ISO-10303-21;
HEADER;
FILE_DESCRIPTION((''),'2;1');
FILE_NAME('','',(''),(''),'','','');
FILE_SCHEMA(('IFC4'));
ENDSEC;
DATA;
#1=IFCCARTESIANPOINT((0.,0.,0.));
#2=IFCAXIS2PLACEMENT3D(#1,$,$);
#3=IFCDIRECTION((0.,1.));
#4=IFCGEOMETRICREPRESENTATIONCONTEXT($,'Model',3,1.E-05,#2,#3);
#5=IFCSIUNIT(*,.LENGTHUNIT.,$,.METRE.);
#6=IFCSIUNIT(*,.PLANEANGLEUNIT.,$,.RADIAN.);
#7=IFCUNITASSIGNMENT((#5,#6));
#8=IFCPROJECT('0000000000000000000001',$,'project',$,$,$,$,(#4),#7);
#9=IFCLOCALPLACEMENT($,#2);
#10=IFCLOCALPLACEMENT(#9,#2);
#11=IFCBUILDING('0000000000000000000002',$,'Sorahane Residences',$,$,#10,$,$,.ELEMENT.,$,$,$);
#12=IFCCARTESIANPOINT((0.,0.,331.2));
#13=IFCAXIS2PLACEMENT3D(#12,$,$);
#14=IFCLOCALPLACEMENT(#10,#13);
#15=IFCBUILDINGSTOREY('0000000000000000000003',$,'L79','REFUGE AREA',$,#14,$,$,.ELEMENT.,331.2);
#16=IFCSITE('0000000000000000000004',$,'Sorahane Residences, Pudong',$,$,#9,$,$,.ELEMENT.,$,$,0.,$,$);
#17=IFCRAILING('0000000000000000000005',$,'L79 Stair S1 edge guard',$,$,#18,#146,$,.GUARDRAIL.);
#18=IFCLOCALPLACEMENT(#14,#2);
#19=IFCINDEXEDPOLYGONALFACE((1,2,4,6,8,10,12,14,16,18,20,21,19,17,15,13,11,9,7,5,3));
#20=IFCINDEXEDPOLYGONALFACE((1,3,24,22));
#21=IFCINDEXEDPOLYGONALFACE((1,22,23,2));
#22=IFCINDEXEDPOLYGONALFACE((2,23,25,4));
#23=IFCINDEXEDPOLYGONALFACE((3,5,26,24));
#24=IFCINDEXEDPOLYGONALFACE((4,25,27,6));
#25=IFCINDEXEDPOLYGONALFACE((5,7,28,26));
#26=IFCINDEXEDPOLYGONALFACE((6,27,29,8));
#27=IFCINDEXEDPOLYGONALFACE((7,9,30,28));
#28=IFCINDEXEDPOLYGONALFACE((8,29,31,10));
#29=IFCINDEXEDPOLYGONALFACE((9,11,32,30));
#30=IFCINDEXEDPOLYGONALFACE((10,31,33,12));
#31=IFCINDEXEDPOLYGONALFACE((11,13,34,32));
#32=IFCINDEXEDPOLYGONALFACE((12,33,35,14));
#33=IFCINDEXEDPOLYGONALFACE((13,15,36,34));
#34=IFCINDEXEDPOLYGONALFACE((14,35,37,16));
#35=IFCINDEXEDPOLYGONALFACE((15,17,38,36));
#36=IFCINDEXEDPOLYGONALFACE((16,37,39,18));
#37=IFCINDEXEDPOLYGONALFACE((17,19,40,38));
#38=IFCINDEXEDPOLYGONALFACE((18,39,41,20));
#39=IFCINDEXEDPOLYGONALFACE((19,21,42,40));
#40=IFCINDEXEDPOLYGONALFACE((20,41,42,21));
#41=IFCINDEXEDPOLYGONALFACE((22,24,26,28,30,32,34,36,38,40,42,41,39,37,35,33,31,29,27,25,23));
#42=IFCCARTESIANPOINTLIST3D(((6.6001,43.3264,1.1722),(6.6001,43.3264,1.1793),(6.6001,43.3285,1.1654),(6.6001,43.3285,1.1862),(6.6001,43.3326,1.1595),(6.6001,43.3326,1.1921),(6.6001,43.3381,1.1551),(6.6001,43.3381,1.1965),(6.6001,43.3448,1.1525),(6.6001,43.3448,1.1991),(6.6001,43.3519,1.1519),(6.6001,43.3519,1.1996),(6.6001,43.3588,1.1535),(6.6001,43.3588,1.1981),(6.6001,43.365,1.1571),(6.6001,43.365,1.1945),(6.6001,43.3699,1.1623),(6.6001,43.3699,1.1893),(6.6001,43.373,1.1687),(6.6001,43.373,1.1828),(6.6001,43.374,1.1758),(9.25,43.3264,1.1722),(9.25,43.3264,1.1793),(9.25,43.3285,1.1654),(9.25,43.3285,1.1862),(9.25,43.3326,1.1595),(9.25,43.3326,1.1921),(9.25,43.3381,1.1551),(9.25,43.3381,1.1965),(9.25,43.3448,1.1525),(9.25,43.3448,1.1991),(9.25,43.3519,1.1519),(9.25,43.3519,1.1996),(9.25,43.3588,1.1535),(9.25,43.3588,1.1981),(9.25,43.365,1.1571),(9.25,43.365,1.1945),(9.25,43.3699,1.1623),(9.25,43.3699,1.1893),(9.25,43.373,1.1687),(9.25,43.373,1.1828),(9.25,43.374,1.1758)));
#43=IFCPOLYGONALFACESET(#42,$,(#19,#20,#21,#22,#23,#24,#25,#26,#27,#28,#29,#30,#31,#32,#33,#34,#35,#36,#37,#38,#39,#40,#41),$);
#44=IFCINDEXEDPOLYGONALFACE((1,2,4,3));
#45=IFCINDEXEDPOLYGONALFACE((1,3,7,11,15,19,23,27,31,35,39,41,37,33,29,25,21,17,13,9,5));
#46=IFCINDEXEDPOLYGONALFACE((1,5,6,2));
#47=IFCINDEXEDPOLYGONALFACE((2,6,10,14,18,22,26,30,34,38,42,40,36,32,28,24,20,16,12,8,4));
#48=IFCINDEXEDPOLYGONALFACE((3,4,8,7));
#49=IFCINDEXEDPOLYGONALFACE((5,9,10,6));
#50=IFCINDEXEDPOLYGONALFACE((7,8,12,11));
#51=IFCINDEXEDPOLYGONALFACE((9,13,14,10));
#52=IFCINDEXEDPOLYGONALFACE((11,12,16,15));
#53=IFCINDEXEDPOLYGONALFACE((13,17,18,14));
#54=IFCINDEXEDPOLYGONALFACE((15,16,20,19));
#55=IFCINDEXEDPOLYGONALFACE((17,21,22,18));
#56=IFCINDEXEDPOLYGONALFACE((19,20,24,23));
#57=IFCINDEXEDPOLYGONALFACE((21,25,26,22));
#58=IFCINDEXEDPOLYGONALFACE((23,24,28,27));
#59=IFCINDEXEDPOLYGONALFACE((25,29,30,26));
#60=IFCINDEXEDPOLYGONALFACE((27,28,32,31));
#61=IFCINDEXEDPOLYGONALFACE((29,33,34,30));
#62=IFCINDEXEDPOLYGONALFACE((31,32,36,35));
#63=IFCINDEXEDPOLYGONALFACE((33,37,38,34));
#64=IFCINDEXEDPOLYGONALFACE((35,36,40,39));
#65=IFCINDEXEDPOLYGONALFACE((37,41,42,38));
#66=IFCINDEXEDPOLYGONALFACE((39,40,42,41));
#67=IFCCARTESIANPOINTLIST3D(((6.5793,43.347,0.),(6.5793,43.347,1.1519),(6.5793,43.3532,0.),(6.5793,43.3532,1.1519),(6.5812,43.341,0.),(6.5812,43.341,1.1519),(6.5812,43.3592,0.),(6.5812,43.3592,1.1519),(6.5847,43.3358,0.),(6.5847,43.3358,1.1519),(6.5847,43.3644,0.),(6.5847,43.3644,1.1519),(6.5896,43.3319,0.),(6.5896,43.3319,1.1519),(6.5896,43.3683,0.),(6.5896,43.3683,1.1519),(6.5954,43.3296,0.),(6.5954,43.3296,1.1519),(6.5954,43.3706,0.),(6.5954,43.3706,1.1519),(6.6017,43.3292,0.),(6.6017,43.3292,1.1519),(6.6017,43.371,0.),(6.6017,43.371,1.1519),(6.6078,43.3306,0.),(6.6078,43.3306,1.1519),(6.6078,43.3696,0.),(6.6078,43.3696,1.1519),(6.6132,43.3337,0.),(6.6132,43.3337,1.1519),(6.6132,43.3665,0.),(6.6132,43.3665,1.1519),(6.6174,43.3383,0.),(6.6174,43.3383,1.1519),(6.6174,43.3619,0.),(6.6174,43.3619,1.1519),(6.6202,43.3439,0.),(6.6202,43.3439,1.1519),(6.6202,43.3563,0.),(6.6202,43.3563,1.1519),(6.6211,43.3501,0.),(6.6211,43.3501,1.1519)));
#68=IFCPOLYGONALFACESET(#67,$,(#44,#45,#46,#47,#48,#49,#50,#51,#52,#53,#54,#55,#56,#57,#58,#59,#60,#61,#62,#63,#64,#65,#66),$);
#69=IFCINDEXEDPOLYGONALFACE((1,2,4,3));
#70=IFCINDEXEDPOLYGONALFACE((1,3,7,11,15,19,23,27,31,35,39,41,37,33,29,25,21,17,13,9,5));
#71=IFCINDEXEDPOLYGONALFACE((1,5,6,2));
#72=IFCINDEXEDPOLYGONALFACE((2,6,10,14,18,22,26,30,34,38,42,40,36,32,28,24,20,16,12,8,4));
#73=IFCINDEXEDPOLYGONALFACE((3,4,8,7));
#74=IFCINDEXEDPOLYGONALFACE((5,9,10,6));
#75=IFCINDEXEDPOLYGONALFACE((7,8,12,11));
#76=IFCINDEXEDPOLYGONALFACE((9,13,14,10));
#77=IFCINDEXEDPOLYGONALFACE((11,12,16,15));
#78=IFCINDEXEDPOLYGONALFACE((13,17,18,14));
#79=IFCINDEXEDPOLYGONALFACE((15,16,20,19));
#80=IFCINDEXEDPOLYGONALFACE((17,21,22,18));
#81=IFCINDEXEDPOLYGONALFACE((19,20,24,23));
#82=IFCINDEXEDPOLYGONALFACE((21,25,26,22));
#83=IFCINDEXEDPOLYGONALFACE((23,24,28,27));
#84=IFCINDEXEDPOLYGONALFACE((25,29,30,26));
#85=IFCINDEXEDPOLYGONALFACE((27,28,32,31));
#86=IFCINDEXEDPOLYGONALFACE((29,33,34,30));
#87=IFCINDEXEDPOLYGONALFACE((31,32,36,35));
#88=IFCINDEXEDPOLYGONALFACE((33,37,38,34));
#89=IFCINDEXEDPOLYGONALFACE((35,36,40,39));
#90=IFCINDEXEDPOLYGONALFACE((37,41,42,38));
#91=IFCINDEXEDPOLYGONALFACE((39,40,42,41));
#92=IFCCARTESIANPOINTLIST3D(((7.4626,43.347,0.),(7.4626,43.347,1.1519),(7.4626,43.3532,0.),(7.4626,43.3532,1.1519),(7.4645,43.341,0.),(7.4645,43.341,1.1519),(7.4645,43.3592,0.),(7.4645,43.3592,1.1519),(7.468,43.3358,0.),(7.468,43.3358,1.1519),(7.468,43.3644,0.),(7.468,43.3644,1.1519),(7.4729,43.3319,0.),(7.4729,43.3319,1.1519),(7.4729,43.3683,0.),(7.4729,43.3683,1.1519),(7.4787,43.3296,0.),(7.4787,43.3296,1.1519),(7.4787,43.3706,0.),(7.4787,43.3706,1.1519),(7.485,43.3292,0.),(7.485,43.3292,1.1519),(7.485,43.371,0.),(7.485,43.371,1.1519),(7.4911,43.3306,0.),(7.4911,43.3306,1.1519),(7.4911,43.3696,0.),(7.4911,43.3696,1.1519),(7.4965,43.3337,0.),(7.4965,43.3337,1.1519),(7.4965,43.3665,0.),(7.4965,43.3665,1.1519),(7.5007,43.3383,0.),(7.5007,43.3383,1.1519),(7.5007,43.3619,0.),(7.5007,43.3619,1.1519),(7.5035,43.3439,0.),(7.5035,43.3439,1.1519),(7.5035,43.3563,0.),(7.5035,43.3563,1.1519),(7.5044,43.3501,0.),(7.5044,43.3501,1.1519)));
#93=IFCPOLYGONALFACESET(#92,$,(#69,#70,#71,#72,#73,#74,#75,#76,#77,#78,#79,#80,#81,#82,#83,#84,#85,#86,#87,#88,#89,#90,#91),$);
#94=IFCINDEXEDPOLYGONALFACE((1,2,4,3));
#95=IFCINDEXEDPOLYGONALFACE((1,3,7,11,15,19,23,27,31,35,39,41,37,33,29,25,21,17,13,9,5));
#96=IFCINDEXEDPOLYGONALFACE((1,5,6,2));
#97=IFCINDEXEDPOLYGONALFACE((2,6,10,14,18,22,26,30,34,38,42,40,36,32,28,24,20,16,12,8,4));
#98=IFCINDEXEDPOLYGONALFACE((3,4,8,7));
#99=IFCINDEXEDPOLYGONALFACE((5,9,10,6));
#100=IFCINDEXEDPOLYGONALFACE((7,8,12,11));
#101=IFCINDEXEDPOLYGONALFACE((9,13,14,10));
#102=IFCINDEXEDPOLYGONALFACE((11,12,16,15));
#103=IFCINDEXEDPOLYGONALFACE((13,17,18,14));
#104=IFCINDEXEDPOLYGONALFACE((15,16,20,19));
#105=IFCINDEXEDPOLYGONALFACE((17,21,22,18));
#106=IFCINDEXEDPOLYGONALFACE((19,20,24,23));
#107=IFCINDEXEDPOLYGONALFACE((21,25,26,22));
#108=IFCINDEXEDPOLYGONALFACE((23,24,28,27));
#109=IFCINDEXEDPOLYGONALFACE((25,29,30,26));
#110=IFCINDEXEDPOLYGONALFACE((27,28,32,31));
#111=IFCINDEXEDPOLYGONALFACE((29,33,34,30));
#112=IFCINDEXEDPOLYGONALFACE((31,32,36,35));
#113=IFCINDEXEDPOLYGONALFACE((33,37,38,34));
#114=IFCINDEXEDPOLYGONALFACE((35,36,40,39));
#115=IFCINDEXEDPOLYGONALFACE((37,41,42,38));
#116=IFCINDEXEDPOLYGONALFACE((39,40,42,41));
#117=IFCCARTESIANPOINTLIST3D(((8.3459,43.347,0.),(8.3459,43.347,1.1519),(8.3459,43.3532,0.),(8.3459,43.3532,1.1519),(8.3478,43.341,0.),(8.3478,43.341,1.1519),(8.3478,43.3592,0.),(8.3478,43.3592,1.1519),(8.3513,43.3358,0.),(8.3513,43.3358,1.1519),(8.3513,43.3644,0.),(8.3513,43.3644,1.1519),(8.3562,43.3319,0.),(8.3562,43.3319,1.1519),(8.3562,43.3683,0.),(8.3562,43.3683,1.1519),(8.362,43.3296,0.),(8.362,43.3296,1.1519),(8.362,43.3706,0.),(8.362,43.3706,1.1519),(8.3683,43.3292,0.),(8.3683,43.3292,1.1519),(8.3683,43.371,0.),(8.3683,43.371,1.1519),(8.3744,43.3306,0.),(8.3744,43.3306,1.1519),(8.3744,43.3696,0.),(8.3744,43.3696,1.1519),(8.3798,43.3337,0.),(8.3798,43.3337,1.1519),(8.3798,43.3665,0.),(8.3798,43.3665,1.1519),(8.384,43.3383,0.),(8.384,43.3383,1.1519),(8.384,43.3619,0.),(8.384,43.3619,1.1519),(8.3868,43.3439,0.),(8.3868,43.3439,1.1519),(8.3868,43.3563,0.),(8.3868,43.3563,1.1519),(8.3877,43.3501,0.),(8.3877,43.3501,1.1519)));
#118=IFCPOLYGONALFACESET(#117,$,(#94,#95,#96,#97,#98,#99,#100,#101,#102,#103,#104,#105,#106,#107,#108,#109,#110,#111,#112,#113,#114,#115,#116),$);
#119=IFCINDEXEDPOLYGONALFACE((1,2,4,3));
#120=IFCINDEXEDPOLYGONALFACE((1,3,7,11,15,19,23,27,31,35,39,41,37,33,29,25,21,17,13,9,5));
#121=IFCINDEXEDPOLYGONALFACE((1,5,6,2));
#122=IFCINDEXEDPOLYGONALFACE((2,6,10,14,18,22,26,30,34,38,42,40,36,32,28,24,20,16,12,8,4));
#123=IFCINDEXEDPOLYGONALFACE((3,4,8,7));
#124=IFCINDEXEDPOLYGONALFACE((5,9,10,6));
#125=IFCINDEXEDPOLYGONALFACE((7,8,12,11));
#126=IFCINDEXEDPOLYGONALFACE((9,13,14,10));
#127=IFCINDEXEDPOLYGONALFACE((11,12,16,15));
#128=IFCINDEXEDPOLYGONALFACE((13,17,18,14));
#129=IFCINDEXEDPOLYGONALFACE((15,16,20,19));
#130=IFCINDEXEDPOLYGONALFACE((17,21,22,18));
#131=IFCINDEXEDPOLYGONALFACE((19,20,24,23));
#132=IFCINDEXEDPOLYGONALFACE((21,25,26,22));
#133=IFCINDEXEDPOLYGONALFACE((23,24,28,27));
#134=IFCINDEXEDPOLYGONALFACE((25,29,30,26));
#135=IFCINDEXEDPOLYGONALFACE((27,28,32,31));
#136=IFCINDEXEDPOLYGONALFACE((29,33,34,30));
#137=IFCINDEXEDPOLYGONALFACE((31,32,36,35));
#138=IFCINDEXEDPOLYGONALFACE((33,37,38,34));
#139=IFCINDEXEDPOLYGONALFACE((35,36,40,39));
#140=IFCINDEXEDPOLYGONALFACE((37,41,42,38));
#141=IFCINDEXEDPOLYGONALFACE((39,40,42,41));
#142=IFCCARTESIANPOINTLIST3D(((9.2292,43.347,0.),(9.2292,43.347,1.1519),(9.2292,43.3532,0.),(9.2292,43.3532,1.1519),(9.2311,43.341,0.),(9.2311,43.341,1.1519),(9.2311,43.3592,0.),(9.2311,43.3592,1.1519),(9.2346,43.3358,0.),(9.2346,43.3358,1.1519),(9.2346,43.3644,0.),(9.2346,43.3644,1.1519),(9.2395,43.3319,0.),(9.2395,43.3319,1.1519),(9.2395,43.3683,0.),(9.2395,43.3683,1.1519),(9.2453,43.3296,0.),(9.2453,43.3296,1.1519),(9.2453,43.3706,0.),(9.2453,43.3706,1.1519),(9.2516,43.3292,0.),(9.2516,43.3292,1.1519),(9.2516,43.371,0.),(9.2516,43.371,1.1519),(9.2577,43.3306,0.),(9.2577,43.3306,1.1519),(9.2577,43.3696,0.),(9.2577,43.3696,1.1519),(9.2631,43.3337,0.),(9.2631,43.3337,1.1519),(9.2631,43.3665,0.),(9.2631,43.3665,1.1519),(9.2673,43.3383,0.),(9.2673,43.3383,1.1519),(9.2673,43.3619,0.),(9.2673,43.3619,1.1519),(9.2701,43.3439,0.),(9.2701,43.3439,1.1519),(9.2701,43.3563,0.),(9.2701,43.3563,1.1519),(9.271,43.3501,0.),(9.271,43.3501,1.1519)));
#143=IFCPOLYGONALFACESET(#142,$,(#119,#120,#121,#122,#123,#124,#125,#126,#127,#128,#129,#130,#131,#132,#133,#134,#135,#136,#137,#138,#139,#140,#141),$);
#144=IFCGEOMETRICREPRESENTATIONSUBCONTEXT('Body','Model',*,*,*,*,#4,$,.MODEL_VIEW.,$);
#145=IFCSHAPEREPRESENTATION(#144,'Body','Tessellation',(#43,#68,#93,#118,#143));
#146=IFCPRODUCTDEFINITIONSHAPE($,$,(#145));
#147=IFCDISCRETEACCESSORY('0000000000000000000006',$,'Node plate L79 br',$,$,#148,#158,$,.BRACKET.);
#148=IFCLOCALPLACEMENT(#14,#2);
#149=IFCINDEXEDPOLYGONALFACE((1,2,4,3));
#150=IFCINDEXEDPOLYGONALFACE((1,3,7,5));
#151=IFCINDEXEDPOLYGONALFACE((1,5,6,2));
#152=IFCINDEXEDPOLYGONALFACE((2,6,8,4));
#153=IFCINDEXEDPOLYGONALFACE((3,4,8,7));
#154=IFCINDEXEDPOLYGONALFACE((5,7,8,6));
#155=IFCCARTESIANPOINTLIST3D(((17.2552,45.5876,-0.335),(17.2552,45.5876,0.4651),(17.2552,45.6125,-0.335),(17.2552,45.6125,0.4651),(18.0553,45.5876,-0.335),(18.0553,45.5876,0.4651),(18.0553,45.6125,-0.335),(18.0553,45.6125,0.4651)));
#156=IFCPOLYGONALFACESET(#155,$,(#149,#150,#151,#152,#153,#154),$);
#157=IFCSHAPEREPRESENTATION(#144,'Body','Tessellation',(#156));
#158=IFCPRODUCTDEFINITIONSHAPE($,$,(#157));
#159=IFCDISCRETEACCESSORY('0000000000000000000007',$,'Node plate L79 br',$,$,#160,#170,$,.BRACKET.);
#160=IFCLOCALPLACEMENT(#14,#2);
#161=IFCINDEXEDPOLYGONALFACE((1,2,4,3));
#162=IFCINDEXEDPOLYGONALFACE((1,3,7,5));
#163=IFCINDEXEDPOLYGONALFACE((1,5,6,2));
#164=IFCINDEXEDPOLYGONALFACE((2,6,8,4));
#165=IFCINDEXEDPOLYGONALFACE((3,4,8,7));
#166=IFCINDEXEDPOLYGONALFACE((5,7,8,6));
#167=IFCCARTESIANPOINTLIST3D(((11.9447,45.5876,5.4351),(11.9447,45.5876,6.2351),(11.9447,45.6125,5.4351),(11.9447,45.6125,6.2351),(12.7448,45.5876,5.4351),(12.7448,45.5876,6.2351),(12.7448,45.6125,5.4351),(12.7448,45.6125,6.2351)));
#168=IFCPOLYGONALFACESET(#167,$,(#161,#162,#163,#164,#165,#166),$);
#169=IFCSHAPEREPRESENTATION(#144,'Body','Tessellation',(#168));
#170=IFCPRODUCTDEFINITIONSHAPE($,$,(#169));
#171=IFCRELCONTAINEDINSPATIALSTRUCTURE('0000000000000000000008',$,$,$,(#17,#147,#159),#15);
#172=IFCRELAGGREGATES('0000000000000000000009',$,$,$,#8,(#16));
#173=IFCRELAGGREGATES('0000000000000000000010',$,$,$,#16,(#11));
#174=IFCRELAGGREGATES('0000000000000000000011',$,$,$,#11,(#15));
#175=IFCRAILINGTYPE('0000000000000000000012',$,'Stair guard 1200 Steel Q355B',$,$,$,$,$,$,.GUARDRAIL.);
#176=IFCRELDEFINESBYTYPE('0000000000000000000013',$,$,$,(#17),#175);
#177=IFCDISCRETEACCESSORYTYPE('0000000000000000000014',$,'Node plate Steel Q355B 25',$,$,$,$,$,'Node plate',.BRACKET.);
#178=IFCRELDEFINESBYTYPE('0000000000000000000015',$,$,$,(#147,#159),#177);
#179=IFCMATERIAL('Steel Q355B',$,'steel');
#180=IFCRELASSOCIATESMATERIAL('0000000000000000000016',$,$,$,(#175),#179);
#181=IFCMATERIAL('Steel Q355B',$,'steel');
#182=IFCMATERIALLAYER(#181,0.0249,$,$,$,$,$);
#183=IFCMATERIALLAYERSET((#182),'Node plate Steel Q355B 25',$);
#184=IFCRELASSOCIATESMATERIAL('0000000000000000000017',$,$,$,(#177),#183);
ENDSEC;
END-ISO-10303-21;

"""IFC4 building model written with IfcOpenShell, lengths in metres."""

from ifc_helpers import new_model, si_unit, direction, frame, origin, origin_2d, place, context, subcontext, project, spatial, rectangle, circle, extrude, material, layer, layer_set, type_object, element, save


model = new_model("IFC4")

# Units and contexts
model_context = context("Model", 3, precision=1e-05, world=origin(), true_north=direction((0.0, 1.0)))
body_context = subcontext(model_context, "Body", "Model", "MODEL_VIEW")
ifc_project = project(units=[si_unit("LENGTHUNIT", "METRE"), si_unit("PLANEANGLEUNIT", "RADIAN")], contexts=[model_context])

# Site, building, storey
site_placement = place(None, origin())
site = spatial("IfcSite", under=ifc_project, at=site_placement, Name="Sorahane Residences, Pudong", CompositionType="ELEMENT", RefElevation=0.0)
building_placement = place(site_placement, origin())
building = spatial("IfcBuilding", under=site, at=building_placement, Name="Sorahane Residences", CompositionType="ELEMENT")
storey_placement = place(building_placement, frame((0.0, 0.0, 331.2)))
storey = spatial("IfcBuildingStorey", under=building, at=storey_placement, Name="L79", Description="REFUGE AREA", CompositionType="ELEMENT", Elevation=331.2)

# Railing
ifc_material_1 = material(Name="Steel Q355B", Category="steel")
railing_type = type_object("IfcRailingType", Name="Stair guard 1200 Steel Q355B", PredefinedType="GUARDRAIL", material=ifc_material_1)
railing_1_placement = place(storey_placement, frame((6.6001, 43.3501, 0.0)))
element("IfcRailing", 1, at=railing_1_placement, inside=storey, type_object=railing_type, Name="L79 Stair S1 edge guard", PredefinedType="GUARDRAIL", context=body_context, shape_type="SweptSolid", body=[
    extrude(circle(Radius=0.0239, at=origin_2d()), frame((0.0, 0.0, 1.1758), z_axis=(1.0, 0.0, 0.0), x_axis=(0.0, 1.0, 0.0)), (0.0, 0.0, 1.0), 2.6499),
    extrude(circle(Radius=0.021, at=origin_2d()), origin(), (0.0, 0.0, 1.0), 1.1519),
    extrude(circle(Radius=0.021, at=origin_2d()), frame((0.8833, 0.0, 0.0)), (0.0, 0.0, 1.0), 1.1519),
    extrude(circle(Radius=0.021, at=origin_2d()), frame((1.7666, 0.0, 0.0)), (0.0, 0.0, 1.0), 1.1519),
    extrude(circle(Radius=0.021, at=origin_2d()), frame((2.6499, 0.0, 0.0)), (0.0, 0.0, 1.0), 1.1519),
])

# Discrete accessories
ifc_material_2 = material(Name="Steel Q355B", Category="steel")
ifc_layer_1 = layer(ifc_material_2, 0.0249)
ifc_layer_set_1 = layer_set([ifc_layer_1], Name="Node plate Steel Q355B 25")
discrete_accessory_type = type_object("IfcDiscreteAccessoryType", Name="Node plate Steel Q355B 25", ElementType="Node plate", PredefinedType="BRACKET", material=ifc_layer_set_1)
for number, where, z_axis, x_axis, name in (
    (2, (17.6553, 45.6001, -0.335), (0.0, 0.0, 1.0), (1.0, 0.0, 0.0), "Node plate L79 br"),
    (3, (12.3447, 45.6001, 5.4351), (0.0, 0.0, 1.0), (1.0, 0.0, 0.0), "Node plate L79 br"),
):
    element("IfcDiscreteAccessory", number, at=place(storey_placement, frame(where, z_axis=z_axis, x_axis=x_axis)), inside=storey, type_object=discrete_accessory_type, Name=name, PredefinedType="BRACKET", context=body_context, shape_type="SweptSolid", body=[
        extrude(rectangle(XDim=0.8, YDim=0.0249, at=origin_2d()), origin(), (0.0, 0.0, 1.0), 0.8),
    ])

save(model, "model.ifc")
